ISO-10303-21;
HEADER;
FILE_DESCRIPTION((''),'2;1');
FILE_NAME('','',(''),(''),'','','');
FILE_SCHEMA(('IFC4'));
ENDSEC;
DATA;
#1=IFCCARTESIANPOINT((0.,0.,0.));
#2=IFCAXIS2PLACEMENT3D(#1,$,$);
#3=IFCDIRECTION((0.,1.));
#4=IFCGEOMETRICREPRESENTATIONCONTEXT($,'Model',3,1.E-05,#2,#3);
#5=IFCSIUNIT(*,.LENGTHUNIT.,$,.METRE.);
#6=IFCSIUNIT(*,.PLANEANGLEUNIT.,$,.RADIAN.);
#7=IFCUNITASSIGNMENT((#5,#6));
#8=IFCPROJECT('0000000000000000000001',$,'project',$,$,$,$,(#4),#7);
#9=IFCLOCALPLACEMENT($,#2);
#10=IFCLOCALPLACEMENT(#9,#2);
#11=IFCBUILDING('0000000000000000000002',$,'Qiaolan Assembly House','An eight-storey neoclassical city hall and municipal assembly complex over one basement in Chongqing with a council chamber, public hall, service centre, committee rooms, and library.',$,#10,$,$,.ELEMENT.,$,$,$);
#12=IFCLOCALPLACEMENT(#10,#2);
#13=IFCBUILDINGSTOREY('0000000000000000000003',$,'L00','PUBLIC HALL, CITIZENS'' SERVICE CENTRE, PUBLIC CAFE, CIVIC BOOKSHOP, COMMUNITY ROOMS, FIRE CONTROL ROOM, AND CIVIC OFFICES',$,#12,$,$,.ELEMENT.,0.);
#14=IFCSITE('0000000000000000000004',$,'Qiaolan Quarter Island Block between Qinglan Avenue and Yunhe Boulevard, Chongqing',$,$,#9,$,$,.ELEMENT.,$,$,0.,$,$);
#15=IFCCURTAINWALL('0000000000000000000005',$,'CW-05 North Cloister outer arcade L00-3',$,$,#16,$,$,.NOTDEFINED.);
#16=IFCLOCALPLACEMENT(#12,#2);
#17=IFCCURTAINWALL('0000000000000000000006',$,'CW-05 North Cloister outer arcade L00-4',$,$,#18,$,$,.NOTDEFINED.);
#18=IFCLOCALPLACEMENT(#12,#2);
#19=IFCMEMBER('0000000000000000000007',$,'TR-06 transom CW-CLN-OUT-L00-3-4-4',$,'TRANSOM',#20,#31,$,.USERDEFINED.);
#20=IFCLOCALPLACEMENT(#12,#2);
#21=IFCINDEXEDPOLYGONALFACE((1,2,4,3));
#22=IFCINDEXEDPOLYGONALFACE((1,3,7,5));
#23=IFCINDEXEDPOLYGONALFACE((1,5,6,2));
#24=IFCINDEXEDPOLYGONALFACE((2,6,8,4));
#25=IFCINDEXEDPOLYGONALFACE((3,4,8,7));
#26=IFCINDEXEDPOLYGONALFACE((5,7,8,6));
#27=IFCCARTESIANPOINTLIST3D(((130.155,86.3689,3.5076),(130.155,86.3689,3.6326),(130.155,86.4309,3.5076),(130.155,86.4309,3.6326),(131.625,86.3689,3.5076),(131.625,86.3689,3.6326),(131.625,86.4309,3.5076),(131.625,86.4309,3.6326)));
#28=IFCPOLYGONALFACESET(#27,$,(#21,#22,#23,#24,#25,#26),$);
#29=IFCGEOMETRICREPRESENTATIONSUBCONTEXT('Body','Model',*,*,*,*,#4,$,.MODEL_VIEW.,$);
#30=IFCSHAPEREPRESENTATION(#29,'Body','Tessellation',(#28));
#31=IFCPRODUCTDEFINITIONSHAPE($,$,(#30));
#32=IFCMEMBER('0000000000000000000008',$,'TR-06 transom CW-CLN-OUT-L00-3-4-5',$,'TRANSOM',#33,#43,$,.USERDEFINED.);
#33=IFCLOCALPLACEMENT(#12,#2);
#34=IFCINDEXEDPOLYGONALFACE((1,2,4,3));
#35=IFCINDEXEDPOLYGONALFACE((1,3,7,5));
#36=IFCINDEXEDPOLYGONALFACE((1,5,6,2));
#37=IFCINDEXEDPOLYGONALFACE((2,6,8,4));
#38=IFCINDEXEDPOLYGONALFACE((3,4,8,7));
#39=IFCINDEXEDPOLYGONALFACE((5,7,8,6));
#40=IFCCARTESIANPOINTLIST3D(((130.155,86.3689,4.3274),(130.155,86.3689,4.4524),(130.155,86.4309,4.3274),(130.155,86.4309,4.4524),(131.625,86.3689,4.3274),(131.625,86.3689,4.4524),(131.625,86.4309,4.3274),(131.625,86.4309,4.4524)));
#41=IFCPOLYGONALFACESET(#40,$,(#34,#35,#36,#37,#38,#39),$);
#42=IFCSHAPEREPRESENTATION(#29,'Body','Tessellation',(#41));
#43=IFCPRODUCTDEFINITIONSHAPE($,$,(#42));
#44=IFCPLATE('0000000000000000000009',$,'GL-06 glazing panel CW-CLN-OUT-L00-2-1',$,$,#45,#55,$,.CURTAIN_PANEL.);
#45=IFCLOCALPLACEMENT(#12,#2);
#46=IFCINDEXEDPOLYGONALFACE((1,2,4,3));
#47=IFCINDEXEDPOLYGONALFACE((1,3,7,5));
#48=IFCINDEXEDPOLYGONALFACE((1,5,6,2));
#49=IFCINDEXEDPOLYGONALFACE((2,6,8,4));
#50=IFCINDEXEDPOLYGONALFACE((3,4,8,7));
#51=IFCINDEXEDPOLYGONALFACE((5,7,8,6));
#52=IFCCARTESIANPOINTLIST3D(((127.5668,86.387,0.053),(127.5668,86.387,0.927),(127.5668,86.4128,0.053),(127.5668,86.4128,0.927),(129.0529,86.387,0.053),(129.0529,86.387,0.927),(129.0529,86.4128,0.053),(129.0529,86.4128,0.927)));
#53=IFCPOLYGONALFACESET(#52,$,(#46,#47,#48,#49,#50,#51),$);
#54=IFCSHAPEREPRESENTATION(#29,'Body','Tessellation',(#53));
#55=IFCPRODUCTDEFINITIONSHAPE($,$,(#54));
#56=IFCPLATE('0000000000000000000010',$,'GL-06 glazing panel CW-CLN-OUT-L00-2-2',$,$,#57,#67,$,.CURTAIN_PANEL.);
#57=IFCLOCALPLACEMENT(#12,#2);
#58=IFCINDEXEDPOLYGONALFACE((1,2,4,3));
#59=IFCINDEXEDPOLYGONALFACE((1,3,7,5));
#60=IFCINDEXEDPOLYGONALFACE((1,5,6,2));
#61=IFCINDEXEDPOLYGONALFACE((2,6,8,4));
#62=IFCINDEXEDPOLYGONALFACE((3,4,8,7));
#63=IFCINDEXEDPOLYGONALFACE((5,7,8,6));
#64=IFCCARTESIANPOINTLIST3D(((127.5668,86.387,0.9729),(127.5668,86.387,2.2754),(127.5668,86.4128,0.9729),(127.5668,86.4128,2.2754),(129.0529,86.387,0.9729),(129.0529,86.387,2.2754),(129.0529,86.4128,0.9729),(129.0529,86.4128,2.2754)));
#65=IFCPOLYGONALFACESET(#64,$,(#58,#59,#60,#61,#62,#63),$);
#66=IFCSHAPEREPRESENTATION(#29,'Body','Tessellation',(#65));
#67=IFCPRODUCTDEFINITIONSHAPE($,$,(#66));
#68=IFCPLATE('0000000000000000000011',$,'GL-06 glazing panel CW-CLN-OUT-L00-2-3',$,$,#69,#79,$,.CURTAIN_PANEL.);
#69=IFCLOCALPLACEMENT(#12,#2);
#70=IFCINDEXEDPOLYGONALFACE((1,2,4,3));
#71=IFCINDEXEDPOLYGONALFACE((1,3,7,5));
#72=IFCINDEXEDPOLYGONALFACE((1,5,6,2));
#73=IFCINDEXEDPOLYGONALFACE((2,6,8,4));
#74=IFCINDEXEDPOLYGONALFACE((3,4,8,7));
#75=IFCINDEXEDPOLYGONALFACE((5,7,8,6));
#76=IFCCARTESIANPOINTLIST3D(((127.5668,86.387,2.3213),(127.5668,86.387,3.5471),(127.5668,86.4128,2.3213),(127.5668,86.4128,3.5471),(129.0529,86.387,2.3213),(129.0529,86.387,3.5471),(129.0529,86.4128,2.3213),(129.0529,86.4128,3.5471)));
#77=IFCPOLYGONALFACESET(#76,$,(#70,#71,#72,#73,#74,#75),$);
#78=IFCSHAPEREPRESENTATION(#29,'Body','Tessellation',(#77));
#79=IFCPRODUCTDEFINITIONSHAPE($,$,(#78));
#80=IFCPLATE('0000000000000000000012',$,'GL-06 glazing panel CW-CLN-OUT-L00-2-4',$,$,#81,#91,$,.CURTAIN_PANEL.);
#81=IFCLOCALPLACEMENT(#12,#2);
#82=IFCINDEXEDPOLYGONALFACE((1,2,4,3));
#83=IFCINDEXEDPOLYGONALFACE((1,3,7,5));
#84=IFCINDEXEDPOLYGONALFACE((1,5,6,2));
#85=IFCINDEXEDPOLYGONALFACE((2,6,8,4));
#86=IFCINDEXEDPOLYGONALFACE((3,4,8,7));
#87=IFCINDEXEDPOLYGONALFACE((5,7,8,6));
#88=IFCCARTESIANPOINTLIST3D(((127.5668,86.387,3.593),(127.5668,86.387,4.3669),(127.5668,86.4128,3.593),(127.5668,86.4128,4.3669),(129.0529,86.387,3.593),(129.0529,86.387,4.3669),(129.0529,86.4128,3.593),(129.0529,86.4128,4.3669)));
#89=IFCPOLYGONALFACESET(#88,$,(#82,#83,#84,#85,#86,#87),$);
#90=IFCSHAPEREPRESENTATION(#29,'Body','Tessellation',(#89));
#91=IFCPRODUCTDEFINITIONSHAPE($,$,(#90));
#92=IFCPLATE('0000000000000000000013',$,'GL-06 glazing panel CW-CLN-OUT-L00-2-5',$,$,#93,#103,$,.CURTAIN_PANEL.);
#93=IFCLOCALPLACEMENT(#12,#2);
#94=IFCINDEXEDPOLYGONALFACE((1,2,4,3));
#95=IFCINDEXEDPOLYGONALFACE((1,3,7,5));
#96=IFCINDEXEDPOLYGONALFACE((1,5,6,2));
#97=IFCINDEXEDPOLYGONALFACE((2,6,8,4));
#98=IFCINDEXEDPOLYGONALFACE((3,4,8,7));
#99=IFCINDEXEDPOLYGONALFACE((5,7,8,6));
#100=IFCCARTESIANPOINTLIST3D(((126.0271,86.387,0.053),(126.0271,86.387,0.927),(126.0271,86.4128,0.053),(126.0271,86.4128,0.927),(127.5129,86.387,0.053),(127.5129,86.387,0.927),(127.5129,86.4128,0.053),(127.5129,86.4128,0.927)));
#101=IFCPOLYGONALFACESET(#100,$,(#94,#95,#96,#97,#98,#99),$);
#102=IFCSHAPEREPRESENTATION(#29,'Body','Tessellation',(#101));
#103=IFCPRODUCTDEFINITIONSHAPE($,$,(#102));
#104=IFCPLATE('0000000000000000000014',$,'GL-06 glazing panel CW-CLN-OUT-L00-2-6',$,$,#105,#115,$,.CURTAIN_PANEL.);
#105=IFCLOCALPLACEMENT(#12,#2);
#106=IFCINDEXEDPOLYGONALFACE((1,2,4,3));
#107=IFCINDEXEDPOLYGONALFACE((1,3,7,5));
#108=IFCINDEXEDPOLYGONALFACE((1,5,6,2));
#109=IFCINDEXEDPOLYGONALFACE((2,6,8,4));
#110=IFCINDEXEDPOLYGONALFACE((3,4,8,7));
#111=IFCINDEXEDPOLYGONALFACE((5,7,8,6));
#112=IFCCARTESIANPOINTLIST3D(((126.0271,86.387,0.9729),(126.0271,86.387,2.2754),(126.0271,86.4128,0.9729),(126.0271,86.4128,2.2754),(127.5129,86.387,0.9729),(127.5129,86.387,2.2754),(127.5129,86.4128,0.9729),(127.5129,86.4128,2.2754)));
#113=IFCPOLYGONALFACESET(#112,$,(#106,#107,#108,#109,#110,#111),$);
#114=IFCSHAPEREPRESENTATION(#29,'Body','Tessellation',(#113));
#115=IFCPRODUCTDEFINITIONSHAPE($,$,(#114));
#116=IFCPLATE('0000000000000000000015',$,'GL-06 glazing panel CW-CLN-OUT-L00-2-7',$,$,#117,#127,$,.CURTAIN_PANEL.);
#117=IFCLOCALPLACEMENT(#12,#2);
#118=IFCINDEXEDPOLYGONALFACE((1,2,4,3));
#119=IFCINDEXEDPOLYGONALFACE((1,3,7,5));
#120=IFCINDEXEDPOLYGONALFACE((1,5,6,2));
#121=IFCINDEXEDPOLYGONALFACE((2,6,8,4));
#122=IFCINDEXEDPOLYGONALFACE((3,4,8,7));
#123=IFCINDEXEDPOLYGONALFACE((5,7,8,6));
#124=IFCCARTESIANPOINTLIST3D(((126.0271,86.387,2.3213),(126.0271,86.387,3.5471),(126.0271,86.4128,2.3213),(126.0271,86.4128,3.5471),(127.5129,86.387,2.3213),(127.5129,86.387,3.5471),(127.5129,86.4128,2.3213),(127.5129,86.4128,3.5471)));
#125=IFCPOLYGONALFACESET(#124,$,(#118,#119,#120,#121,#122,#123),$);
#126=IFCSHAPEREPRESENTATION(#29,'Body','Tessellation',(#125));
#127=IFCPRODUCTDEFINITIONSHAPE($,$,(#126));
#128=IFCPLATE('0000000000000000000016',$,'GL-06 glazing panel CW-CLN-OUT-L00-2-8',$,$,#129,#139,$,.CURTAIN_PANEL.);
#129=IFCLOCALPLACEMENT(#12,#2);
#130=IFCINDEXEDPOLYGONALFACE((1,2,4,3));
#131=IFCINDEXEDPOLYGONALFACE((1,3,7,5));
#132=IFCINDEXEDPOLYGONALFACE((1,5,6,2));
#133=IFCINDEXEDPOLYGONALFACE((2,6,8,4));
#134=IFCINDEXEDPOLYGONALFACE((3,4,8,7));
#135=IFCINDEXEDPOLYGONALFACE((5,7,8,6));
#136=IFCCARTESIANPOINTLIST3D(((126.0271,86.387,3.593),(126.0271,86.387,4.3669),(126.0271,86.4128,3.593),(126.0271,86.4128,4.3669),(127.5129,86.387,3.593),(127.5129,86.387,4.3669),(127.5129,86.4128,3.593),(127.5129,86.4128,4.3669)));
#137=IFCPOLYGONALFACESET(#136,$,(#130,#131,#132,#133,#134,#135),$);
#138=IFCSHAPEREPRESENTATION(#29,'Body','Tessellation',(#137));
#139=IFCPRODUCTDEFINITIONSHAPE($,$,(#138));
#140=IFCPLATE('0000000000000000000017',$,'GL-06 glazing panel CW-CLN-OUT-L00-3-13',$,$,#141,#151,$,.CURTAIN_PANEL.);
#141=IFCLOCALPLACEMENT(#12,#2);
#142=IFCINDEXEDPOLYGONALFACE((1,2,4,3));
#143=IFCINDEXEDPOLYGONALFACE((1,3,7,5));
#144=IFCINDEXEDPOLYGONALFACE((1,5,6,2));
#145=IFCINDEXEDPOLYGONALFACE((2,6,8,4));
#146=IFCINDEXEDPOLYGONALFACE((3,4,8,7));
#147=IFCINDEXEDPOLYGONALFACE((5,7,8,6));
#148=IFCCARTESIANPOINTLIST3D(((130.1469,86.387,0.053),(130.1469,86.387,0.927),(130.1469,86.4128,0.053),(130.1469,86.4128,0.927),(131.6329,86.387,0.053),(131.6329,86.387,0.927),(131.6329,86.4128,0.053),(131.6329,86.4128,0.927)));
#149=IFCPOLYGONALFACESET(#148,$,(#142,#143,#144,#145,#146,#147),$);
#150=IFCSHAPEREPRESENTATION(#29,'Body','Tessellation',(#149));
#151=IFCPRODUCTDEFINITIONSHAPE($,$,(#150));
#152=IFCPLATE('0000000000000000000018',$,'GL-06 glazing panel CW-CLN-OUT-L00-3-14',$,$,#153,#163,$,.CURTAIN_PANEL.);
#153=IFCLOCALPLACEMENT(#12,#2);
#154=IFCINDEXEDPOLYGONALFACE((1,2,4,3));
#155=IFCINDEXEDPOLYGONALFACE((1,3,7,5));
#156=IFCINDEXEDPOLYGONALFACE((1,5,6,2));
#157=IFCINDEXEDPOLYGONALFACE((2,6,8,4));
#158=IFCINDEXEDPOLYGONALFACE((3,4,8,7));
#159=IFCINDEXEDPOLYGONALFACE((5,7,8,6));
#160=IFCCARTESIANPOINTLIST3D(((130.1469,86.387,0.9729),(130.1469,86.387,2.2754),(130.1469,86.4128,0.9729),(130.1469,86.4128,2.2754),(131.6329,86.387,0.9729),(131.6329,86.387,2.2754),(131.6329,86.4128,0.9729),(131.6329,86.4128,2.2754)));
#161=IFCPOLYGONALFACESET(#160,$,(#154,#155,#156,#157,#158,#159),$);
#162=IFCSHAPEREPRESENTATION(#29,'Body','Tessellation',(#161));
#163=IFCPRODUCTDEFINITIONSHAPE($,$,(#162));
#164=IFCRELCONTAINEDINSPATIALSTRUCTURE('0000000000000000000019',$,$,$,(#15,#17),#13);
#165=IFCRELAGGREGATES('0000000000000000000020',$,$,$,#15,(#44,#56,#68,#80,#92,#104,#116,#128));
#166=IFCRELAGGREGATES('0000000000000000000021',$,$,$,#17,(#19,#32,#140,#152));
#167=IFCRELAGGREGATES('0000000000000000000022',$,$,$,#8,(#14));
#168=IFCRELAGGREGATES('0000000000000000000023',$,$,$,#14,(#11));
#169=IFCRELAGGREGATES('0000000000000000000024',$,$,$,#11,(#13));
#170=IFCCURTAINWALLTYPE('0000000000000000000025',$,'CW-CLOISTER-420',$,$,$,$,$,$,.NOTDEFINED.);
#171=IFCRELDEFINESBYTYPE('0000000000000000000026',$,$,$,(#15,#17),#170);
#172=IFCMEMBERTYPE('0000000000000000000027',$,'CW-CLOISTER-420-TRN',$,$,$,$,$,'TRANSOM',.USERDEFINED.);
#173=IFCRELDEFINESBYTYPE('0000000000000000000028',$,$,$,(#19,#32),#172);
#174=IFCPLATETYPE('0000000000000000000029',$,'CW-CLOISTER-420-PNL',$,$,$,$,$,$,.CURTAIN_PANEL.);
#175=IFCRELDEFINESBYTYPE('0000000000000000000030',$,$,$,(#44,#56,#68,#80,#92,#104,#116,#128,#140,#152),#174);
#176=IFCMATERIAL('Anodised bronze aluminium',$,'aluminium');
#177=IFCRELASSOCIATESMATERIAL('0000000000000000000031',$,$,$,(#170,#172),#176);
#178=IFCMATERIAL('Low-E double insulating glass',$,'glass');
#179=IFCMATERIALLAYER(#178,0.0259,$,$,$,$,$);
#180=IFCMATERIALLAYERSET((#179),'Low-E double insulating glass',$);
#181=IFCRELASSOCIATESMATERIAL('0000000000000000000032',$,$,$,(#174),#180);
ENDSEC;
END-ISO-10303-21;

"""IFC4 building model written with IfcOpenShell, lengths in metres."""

from ifc_helpers import new_model, si_unit, direction, frame, frame_2d, origin, origin_2d, place, context, subcontext, project, spatial, rectangle, extrude, material, layer, layer_set, material_profile, profile_set, type_object, element, aggregate, save


model = new_model("IFC4")

# Units and contexts
model_context = context("Model", 3, precision=1e-05, world=origin(), true_north=direction((0.0, 1.0)))
body_context = subcontext(model_context, "Body", "Model", "MODEL_VIEW")
ifc_project = project(units=[si_unit("LENGTHUNIT", "METRE"), si_unit("PLANEANGLEUNIT", "RADIAN")], contexts=[model_context])

# Site, building, storey
site_placement = place(None, origin())
site = spatial("IfcSite", under=ifc_project, at=site_placement, Name="Qiaolan Quarter Island Block between Qinglan Avenue and Yunhe Boulevard, Chongqing", CompositionType="ELEMENT", RefElevation=0.0)
building_placement = place(site_placement, origin())
building = spatial("IfcBuilding", under=site, at=building_placement, Name="Qiaolan Assembly House", Description="An eight-storey neoclassical city hall and municipal assembly complex over one basement in Chongqing with a council chamber, public hall, service centre, committee rooms, and library.", CompositionType="ELEMENT")
storey_placement = place(building_placement, origin())
storey = spatial("IfcBuildingStorey", under=building, at=storey_placement, Name="L00", Description="PUBLIC HALL, CITIZENS' SERVICE CENTRE, PUBLIC CAFE, CIVIC BOOKSHOP, COMMUNITY ROOMS, FIRE CONTROL ROOM, AND CIVIC OFFICES", CompositionType="ELEMENT", Elevation=0.0)

# Curtain wall
ifc_material_1 = material(Name="Anodised bronze aluminium", Category="aluminium")
curtain_wall_type = type_object("IfcCurtainWallType", Name="CW-CLOISTER-420", PredefinedType="NOTDEFINED", material=ifc_material_1)
curtain_wall_1_placement = place(storey_placement, origin())
curtain_wall_1 = element("IfcCurtainWall", 1, at=curtain_wall_1_placement, inside=storey, type_object=curtain_wall_type, Name="CW-05 North Cloister outer arcade L00-3", PredefinedType="NOTDEFINED")

# Curtain wall
curtain_wall_2_placement = place(storey_placement, origin())
curtain_wall_2 = element("IfcCurtainWall", 2, at=curtain_wall_2_placement, inside=storey, type_object=curtain_wall_type, Name="CW-05 North Cloister outer arcade L00-4", PredefinedType="NOTDEFINED")

# Members
ifc_material_profile_1 = material_profile(ifc_material_1, rectangle(XDim=0.062, YDim=0.125, at=origin_2d()), Name="TRN 62x125")
ifc_profile_set_1 = profile_set([ifc_material_profile_1], Name="Anodised bronze aluminium")
member_type_1 = type_object("IfcMemberType", Name="CW-CLOISTER-420-TRN", ElementType="TRANSOM", PredefinedType="USERDEFINED", material=ifc_profile_set_1)
member_1_placement = place(storey_placement, frame((131.625, 86.3999, 3.5701), z_axis=(-1.0, 0.0, 0.0), x_axis=(0.0, -1.0, 0.0)))
member_1 = element("IfcMember", 3, at=member_1_placement, type_object=member_type_1, Name="TR-06 transom CW-CLN-OUT-L00-3-4-4", ObjectType="TRANSOM", PredefinedType="USERDEFINED", context=body_context, shape_type="SweptSolid", body=[
    extrude(rectangle(XDim=0.062, YDim=0.125, at=origin_2d()), origin(), (0.0, 0.0, 1.0), 1.47),
])
member_2_placement = place(storey_placement, frame((131.625, 86.3999, 4.3899), z_axis=(-1.0, 0.0, 0.0), x_axis=(0.0, -1.0, 0.0)))
member_2 = element("IfcMember", 4, at=member_2_placement, type_object=member_type_1, Name="TR-06 transom CW-CLN-OUT-L00-3-4-5", ObjectType="TRANSOM", PredefinedType="USERDEFINED", context=body_context, shape_type="SweptSolid", body=[
    extrude(rectangle(XDim=0.062, YDim=0.125, at=origin_2d()), origin(), (0.0, 0.0, 1.0), 1.47),
])

# Plates
ifc_material_2 = material(Name="Low-E double insulating glass", Category="glass")
ifc_layer = layer(ifc_material_2, 0.0259)
ifc_layer_set = layer_set([ifc_layer], Name="Low-E double insulating glass")
plate_type = type_object("IfcPlateType", Name="CW-CLOISTER-420-PNL", PredefinedType="CURTAIN_PANEL", material=ifc_layer_set)
plate_1_placement = place(storey_placement, frame((129.053, 86.3999, 0.053), z_axis=(0.0, 0.0, 1.0), x_axis=(-1.0, 0.0, 0.0)))
plate_1 = element("IfcPlate", 5, at=plate_1_placement, type_object=plate_type, Name="GL-06 glazing panel CW-CLN-OUT-L00-2-1", PredefinedType="CURTAIN_PANEL", context=body_context, shape_type="SweptSolid", body=[
    extrude(rectangle(XDim=1.4861, YDim=0.0259, at=frame_2d((0.7432, 0.0))), origin(), (0.0, 0.0, 1.0), 0.874),
])
plate_2_placement = place(storey_placement, frame((129.053, 86.3999, 0.9729), z_axis=(0.0, 0.0, 1.0), x_axis=(-1.0, 0.0, 0.0)))
plate_2 = element("IfcPlate", 6, at=plate_2_placement, type_object=plate_type, Name="GL-06 glazing panel CW-CLN-OUT-L00-2-2", PredefinedType="CURTAIN_PANEL", context=body_context, shape_type="SweptSolid", body=[
    extrude(rectangle(XDim=1.4861, YDim=0.0259, at=frame_2d((0.7432, 0.0))), origin(), (0.0, 0.0, 1.0), 1.3025),
])
plate_3_placement = place(storey_placement, frame((129.053, 86.3999, 2.3213), z_axis=(0.0, 0.0, 1.0), x_axis=(-1.0, 0.0, 0.0)))
plate_3 = element("IfcPlate", 7, at=plate_3_placement, type_object=plate_type, Name="GL-06 glazing panel CW-CLN-OUT-L00-2-3", PredefinedType="CURTAIN_PANEL", context=body_context, shape_type="SweptSolid", body=[
    extrude(rectangle(XDim=1.4861, YDim=0.0259, at=frame_2d((0.7432, 0.0))), origin(), (0.0, 0.0, 1.0), 1.2258),
])
plate_4_placement = place(storey_placement, frame((129.053, 86.3999, 3.593), z_axis=(0.0, 0.0, 1.0), x_axis=(-1.0, 0.0, 0.0)))
plate_4 = element("IfcPlate", 8, at=plate_4_placement, type_object=plate_type, Name="GL-06 glazing panel CW-CLN-OUT-L00-2-4", PredefinedType="CURTAIN_PANEL", context=body_context, shape_type="SweptSolid", body=[
    extrude(rectangle(XDim=1.4861, YDim=0.0259, at=frame_2d((0.7432, 0.0))), origin(), (0.0, 0.0, 1.0), 0.7739),
])
plate_5_placement = place(storey_placement, frame((127.5129, 86.3999, 0.053), z_axis=(0.0, 0.0, 1.0), x_axis=(-1.0, 0.0, 0.0)))
plate_5 = element("IfcPlate", 9, at=plate_5_placement, type_object=plate_type, Name="GL-06 glazing panel CW-CLN-OUT-L00-2-5", PredefinedType="CURTAIN_PANEL", context=body_context, shape_type="SweptSolid", body=[
    extrude(rectangle(XDim=1.4858, YDim=0.0259, at=frame_2d((0.7429, 0.0))), origin(), (0.0, 0.0, 1.0), 0.874),
])
plate_6_placement = place(storey_placement, frame((127.5129, 86.3999, 0.9729), z_axis=(0.0, 0.0, 1.0), x_axis=(-1.0, 0.0, 0.0)))
plate_6 = element("IfcPlate", 10, at=plate_6_placement, type_object=plate_type, Name="GL-06 glazing panel CW-CLN-OUT-L00-2-6", PredefinedType="CURTAIN_PANEL", context=body_context, shape_type="SweptSolid", body=[
    extrude(rectangle(XDim=1.4858, YDim=0.0259, at=frame_2d((0.7429, 0.0))), origin(), (0.0, 0.0, 1.0), 1.3025),
])
plate_7_placement = place(storey_placement, frame((127.5129, 86.3999, 2.3213), z_axis=(0.0, 0.0, 1.0), x_axis=(-1.0, 0.0, 0.0)))
plate_7 = element("IfcPlate", 11, at=plate_7_placement, type_object=plate_type, Name="GL-06 glazing panel CW-CLN-OUT-L00-2-7", PredefinedType="CURTAIN_PANEL", context=body_context, shape_type="SweptSolid", body=[
    extrude(rectangle(XDim=1.4858, YDim=0.0259, at=frame_2d((0.7429, 0.0))), origin(), (0.0, 0.0, 1.0), 1.2258),
])
plate_8_placement = place(storey_placement, frame((127.5129, 86.3999, 3.593), z_axis=(0.0, 0.0, 1.0), x_axis=(-1.0, 0.0, 0.0)))
plate_8 = element("IfcPlate", 12, at=plate_8_placement, type_object=plate_type, Name="GL-06 glazing panel CW-CLN-OUT-L00-2-8", PredefinedType="CURTAIN_PANEL", context=body_context, shape_type="SweptSolid", body=[
    extrude(rectangle(XDim=1.4858, YDim=0.0259, at=frame_2d((0.7429, 0.0))), origin(), (0.0, 0.0, 1.0), 0.7739),
])
aggregate(curtain_wall_1, [plate_1, plate_2, plate_3, plate_4, plate_5, plate_6, plate_7, plate_8])
plate_9_placement = place(storey_placement, frame((131.6331, 86.3999, 0.053), z_axis=(0.0, 0.0, 1.0), x_axis=(-1.0, 0.0, 0.0)))
plate_9 = element("IfcPlate", 13, at=plate_9_placement, type_object=plate_type, Name="GL-06 glazing panel CW-CLN-OUT-L00-3-13", PredefinedType="CURTAIN_PANEL", context=body_context, shape_type="SweptSolid", body=[
    extrude(rectangle(XDim=1.4861, YDim=0.0259, at=frame_2d((0.7432, 0.0))), origin(), (0.0, 0.0, 1.0), 0.874),
])
plate_10_placement = place(storey_placement, frame((131.6331, 86.3999, 0.9729), z_axis=(0.0, 0.0, 1.0), x_axis=(-1.0, 0.0, 0.0)))
plate_10 = element("IfcPlate", 14, at=plate_10_placement, type_object=plate_type, Name="GL-06 glazing panel CW-CLN-OUT-L00-3-14", PredefinedType="CURTAIN_PANEL", context=body_context, shape_type="SweptSolid", body=[
    extrude(rectangle(XDim=1.4861, YDim=0.0259, at=frame_2d((0.7432, 0.0))), origin(), (0.0, 0.0, 1.0), 1.3025),
])
aggregate(curtain_wall_2, [member_1, member_2, plate_9, plate_10])

save(model, "model.ifc")
